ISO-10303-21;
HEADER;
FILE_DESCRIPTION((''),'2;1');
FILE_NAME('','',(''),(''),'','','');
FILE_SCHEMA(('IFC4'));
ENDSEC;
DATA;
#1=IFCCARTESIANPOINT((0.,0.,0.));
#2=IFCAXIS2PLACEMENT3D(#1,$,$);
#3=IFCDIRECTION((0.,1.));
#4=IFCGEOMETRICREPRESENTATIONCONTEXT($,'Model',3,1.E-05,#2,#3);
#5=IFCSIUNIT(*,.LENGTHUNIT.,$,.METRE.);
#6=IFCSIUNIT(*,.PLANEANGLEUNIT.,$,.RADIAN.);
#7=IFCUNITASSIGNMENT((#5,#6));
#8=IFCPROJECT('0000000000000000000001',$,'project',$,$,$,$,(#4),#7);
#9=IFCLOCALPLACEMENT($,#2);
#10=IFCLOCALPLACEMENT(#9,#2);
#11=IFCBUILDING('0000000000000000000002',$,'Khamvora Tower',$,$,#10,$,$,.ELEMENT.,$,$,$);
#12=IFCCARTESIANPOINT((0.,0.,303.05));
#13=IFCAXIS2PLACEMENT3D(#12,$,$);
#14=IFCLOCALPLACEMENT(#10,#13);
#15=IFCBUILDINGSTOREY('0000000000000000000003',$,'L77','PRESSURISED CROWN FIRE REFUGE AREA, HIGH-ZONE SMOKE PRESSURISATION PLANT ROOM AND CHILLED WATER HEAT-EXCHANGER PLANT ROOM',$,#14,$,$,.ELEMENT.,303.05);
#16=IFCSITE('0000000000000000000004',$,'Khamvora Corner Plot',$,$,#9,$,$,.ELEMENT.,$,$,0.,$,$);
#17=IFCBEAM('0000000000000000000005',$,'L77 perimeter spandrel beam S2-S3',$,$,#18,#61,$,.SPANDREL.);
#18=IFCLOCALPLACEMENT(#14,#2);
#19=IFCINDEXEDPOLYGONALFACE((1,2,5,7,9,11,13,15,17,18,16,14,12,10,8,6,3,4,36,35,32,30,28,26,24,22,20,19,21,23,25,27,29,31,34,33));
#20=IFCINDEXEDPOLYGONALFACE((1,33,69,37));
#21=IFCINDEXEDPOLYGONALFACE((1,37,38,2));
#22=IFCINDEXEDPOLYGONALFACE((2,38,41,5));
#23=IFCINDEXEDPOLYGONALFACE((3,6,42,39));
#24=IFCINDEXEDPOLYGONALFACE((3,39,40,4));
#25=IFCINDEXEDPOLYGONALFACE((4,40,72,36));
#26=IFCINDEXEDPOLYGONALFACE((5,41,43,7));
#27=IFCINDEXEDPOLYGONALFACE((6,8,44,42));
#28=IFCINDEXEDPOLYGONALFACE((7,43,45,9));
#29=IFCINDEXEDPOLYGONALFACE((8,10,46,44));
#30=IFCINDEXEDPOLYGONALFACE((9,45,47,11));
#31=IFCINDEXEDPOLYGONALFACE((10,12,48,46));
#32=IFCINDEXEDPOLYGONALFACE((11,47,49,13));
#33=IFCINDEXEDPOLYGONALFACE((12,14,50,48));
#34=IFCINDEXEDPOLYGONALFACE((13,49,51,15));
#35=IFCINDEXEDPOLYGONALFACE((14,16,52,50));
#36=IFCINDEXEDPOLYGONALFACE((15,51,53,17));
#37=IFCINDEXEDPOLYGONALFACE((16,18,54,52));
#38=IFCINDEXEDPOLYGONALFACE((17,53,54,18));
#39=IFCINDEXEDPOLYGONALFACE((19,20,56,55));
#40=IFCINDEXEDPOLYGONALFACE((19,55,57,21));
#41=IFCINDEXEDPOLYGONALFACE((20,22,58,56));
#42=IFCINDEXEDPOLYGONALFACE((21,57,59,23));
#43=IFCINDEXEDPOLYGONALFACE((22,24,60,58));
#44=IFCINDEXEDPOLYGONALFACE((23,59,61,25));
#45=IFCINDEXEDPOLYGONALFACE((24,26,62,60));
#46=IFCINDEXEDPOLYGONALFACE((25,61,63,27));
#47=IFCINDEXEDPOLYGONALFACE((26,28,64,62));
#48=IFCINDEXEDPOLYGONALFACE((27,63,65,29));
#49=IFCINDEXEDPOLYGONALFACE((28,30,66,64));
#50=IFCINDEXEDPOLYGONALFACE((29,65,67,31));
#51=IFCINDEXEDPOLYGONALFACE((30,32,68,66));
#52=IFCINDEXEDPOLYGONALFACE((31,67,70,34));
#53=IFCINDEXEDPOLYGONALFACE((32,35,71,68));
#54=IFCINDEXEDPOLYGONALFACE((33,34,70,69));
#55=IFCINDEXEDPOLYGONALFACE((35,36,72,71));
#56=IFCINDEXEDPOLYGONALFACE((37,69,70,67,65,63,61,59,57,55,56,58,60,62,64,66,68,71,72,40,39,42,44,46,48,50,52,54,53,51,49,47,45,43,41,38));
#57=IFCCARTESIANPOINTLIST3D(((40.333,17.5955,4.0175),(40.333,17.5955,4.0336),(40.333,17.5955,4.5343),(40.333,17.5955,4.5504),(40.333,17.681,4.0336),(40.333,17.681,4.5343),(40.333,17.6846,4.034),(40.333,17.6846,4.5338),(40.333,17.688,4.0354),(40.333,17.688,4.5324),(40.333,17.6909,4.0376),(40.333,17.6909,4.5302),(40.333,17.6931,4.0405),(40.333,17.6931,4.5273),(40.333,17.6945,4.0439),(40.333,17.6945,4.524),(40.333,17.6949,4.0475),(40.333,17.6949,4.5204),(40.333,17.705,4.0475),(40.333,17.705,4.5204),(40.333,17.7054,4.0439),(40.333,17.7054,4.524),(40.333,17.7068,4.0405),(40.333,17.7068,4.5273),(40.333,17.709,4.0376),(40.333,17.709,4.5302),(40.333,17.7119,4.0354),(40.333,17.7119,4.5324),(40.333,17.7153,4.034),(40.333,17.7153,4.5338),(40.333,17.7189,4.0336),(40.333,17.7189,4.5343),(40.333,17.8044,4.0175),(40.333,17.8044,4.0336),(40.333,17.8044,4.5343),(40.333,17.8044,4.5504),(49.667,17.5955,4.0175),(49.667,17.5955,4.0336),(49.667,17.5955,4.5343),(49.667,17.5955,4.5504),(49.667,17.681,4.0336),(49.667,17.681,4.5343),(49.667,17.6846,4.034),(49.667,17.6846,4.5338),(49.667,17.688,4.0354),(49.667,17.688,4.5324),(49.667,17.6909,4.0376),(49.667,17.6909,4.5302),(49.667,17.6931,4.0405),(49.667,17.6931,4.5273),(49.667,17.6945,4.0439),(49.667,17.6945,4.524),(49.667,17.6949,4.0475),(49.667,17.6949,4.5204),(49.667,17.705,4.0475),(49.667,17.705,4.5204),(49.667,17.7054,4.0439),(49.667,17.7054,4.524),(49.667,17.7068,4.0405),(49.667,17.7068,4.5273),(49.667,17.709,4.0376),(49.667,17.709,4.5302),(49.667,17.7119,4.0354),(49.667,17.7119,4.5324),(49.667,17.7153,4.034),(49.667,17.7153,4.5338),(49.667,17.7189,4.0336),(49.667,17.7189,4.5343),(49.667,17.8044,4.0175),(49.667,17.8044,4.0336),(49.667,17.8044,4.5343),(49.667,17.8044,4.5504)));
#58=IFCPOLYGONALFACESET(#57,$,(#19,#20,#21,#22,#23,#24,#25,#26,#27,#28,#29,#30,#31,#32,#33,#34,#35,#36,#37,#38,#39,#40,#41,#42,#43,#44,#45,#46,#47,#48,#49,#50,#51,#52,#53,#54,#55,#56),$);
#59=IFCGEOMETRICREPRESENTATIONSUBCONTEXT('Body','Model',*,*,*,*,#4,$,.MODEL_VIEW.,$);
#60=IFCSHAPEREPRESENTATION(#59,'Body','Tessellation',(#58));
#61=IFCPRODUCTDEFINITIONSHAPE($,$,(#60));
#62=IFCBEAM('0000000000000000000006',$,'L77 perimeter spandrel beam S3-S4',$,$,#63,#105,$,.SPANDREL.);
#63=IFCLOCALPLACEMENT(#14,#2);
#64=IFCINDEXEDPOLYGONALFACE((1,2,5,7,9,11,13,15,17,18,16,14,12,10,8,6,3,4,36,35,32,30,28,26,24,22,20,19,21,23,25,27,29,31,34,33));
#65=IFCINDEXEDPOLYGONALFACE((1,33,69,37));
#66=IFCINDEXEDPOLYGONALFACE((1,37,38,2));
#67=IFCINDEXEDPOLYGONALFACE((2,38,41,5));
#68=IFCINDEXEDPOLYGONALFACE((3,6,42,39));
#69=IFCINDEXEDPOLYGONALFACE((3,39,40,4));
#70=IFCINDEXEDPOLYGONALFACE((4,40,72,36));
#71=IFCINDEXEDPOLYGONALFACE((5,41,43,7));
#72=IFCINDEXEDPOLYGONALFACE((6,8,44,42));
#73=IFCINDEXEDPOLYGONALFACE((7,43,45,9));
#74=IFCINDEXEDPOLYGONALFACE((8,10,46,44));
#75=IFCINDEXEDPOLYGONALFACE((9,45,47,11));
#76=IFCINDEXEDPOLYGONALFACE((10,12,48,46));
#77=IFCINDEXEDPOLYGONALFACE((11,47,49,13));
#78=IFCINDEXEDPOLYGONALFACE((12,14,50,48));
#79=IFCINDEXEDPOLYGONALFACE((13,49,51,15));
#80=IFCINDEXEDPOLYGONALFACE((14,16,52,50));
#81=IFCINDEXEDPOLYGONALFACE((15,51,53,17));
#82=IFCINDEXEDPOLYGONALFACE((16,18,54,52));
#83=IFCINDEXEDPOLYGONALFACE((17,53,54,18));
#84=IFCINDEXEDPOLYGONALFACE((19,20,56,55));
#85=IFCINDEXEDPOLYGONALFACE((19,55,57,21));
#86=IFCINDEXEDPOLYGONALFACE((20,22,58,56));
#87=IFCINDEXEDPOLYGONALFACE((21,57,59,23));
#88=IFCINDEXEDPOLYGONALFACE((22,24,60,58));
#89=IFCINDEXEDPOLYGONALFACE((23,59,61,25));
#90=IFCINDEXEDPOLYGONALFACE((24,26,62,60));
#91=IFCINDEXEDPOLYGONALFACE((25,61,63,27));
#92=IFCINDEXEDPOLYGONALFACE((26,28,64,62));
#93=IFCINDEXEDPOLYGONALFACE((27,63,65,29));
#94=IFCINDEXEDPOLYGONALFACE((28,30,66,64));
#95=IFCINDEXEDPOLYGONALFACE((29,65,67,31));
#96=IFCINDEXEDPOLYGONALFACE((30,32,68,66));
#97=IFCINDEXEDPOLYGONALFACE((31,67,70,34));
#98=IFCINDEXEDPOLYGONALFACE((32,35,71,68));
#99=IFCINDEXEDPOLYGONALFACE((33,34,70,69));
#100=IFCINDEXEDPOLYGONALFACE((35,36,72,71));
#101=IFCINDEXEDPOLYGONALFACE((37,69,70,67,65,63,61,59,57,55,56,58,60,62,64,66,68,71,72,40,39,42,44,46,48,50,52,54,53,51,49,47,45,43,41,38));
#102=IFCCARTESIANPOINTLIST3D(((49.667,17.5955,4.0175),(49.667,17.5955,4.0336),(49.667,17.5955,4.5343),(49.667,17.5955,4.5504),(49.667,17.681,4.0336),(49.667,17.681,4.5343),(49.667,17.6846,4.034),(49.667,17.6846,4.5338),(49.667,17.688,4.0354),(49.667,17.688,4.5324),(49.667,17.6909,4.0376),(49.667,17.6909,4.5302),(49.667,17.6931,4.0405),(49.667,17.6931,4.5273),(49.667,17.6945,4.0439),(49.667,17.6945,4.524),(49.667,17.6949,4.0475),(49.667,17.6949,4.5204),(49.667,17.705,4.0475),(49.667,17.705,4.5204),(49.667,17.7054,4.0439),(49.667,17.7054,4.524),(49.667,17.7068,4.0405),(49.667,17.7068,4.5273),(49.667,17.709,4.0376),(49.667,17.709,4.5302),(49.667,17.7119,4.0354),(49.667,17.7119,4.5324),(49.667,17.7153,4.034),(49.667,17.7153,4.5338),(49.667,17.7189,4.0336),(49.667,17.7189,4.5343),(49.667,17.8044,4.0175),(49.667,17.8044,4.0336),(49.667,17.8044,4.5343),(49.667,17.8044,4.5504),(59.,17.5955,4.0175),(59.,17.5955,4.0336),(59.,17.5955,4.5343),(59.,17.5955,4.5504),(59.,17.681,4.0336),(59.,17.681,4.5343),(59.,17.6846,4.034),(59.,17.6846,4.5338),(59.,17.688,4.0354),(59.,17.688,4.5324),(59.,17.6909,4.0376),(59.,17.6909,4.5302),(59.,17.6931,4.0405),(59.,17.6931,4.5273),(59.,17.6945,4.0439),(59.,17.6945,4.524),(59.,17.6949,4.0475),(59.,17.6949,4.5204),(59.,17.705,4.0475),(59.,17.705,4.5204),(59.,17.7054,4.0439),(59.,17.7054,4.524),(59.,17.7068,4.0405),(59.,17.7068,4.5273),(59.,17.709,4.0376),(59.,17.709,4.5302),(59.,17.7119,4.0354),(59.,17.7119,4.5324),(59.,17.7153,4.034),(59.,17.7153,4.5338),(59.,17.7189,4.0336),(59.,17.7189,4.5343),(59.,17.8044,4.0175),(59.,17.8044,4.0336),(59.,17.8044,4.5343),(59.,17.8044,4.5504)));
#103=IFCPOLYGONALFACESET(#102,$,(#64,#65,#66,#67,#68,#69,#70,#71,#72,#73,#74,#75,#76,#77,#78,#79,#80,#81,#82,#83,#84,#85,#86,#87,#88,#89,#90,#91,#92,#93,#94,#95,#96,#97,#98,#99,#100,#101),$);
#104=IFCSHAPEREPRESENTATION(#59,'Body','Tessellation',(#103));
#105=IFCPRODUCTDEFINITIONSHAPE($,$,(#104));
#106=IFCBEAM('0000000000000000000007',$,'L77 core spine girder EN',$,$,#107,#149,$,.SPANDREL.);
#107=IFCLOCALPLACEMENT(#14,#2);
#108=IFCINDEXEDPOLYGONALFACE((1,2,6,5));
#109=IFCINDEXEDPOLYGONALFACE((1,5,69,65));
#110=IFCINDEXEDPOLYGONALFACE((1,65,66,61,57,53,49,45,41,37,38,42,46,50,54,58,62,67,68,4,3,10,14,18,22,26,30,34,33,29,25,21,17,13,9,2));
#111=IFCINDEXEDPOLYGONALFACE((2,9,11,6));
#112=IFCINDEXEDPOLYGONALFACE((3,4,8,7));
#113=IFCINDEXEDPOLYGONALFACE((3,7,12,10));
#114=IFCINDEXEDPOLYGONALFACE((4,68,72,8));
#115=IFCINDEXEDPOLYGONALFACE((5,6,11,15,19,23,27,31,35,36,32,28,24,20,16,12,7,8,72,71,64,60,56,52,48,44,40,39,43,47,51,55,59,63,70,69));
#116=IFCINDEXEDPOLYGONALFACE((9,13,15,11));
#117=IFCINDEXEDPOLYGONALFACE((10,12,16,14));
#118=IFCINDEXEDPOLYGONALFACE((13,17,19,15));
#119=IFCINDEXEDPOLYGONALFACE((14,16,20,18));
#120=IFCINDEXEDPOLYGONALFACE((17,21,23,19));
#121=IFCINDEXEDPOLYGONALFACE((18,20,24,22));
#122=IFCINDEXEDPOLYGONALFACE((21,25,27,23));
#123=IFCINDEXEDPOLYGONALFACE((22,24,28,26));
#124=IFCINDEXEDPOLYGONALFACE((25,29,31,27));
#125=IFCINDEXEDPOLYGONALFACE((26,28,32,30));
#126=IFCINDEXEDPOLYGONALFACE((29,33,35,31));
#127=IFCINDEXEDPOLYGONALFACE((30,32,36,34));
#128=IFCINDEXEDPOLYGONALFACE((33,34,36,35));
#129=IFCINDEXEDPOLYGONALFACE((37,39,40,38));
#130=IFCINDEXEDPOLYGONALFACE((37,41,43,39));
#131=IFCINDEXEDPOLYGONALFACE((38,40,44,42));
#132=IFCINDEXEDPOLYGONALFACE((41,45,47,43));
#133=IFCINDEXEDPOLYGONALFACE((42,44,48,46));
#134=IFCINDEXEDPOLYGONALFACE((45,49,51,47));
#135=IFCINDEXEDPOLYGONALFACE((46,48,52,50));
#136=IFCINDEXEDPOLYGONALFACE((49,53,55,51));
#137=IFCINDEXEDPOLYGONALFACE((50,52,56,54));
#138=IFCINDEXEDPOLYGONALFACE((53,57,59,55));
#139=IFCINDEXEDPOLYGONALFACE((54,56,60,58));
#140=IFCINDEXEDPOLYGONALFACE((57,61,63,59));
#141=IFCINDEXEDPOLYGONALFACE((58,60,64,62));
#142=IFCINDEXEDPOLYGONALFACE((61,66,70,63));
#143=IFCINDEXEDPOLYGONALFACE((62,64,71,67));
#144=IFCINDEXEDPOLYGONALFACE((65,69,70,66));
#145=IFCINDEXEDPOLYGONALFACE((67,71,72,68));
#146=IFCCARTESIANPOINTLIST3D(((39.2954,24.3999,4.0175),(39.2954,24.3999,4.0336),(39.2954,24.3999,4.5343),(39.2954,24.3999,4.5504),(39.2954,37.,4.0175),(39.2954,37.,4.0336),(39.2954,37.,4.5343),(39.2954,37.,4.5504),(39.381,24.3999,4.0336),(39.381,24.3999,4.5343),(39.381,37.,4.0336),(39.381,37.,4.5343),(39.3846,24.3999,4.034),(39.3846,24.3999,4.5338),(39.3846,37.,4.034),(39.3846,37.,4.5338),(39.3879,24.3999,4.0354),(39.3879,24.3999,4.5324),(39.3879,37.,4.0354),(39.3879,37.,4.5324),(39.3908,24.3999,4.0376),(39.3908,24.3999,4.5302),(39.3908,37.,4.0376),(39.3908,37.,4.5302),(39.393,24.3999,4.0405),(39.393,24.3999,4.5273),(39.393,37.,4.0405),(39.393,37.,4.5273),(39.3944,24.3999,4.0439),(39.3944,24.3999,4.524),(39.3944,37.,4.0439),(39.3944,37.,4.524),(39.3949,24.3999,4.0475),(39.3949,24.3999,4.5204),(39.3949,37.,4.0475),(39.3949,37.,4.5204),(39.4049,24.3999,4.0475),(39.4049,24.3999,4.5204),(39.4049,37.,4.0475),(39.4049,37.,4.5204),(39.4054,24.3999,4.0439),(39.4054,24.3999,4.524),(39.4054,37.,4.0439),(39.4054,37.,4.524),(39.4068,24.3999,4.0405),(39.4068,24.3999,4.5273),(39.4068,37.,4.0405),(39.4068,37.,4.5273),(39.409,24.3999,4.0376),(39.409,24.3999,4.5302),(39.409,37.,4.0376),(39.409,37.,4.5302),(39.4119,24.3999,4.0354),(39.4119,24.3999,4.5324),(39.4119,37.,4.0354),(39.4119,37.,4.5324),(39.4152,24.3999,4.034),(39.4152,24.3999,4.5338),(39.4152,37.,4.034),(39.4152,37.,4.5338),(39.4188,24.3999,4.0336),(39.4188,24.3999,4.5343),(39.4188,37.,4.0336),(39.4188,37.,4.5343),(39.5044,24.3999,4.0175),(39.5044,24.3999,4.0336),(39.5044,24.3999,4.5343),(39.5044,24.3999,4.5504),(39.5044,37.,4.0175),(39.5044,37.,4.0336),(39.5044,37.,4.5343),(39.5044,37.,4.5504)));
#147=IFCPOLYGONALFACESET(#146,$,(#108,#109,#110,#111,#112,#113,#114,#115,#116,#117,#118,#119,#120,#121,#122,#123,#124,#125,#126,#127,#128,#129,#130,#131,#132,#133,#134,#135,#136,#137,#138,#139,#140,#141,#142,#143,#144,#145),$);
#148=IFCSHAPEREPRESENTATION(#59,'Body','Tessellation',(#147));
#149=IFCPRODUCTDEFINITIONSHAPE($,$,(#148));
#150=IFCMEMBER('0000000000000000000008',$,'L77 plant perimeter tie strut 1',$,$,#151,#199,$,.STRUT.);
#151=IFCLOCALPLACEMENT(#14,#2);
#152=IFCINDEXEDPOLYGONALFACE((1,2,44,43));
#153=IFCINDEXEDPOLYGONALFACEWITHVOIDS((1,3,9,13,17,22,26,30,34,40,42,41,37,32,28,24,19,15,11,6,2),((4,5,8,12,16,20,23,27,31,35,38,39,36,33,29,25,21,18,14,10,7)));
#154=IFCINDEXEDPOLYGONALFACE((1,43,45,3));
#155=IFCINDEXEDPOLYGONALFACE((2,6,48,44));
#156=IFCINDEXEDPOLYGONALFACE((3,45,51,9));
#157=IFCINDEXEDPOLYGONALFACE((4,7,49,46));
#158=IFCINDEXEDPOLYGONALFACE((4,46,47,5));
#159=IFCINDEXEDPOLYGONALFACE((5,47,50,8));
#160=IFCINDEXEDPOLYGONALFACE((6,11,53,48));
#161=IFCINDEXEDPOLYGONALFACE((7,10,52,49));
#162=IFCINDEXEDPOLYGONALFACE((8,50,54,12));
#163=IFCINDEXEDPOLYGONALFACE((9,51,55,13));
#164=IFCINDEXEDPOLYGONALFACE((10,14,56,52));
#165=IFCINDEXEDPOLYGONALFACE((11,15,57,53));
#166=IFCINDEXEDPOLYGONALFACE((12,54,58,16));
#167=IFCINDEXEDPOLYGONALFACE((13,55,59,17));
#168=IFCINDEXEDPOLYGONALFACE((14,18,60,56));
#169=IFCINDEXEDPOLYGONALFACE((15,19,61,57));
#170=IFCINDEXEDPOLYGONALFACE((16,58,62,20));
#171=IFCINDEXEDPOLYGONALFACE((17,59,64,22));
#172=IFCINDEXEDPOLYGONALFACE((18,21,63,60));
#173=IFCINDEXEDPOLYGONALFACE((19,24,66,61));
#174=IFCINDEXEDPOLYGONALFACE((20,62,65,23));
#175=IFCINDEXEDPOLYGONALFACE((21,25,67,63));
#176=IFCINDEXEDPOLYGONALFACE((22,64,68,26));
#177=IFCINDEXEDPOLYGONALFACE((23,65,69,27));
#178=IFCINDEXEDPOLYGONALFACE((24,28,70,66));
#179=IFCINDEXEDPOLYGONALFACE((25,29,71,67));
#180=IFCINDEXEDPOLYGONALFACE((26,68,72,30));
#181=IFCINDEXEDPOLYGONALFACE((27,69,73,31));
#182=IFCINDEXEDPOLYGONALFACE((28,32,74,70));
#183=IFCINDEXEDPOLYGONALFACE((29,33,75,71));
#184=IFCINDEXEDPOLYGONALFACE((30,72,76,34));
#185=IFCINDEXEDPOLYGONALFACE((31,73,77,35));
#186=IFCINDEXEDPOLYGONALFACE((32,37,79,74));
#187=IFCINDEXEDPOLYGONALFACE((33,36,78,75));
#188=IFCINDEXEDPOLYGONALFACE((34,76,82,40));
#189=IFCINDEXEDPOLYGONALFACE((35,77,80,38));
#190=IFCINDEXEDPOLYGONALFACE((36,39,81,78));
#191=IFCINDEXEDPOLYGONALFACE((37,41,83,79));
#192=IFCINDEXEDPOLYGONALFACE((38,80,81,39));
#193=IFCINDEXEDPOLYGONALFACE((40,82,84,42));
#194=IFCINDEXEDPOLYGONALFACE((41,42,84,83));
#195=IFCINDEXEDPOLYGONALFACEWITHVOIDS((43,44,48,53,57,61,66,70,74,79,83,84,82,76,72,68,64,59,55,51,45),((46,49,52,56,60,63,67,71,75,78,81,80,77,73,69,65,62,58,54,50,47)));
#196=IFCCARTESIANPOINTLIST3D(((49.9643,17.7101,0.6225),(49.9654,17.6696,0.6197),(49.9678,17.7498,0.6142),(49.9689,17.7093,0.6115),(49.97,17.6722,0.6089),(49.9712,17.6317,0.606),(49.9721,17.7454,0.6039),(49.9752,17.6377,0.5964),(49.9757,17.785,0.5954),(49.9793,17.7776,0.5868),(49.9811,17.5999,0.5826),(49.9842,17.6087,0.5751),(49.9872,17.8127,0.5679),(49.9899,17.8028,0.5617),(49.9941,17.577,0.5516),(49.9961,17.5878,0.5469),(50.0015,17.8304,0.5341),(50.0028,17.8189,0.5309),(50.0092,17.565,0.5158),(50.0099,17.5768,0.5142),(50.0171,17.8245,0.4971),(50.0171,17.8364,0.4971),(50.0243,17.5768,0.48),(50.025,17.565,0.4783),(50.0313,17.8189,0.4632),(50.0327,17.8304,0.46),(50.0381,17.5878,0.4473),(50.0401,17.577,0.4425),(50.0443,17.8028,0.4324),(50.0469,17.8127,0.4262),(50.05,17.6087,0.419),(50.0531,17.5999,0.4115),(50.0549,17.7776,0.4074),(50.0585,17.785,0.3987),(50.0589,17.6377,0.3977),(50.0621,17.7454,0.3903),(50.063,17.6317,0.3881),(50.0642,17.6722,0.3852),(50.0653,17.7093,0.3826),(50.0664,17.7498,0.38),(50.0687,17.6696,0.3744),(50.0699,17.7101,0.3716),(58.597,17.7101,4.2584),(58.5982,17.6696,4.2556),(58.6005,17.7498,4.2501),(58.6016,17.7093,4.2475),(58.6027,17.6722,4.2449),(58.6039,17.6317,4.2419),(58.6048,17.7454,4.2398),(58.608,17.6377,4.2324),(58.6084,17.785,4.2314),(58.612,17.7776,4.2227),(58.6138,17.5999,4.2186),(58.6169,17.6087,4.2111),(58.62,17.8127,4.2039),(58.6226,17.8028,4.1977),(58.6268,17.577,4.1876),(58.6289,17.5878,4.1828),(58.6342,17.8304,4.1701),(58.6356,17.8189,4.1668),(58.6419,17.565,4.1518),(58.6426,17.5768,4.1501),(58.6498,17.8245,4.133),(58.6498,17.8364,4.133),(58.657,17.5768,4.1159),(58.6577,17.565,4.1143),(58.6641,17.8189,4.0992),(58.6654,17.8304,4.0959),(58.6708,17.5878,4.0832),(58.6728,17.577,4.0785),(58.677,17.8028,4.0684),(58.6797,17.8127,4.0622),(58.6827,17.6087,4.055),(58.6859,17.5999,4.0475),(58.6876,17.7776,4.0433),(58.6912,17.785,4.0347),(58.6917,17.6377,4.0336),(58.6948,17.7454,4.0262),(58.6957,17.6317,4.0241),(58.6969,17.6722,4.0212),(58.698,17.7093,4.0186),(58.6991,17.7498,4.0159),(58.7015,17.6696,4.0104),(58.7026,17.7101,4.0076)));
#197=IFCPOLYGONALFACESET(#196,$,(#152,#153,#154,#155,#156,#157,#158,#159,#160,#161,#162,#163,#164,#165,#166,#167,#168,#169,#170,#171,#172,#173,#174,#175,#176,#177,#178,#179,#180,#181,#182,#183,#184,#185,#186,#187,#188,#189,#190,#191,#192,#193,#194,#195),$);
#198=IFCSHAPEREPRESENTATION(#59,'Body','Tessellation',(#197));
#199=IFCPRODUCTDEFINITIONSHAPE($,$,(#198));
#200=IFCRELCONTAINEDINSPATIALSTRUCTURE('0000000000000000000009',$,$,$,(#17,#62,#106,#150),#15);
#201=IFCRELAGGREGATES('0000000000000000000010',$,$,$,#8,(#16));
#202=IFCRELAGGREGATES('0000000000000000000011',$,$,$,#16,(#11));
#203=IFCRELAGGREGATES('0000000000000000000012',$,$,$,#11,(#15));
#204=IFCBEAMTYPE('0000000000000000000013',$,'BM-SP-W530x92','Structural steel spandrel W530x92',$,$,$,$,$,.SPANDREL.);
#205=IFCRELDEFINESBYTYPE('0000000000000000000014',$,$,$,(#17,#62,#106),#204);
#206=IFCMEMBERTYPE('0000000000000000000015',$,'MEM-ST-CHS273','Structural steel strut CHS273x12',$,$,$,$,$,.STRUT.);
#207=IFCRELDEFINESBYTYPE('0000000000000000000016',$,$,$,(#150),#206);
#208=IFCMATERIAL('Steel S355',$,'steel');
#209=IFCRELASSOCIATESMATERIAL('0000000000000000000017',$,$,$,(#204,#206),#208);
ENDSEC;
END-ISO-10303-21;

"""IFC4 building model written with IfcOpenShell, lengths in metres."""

from ifc_helpers import new_model, si_unit, direction, frame, origin, origin_2d, place, context, subcontext, project, spatial, hollow_circle, i_section, extrude, material, material_profile, profile_set, type_object, element, save


model = new_model("IFC4")

# Units and contexts
model_context = context("Model", 3, precision=1e-05, world=origin(), true_north=direction((0.0, 1.0)))
body_context = subcontext(model_context, "Body", "Model", "MODEL_VIEW")
ifc_project = project(units=[si_unit("LENGTHUNIT", "METRE"), si_unit("PLANEANGLEUNIT", "RADIAN")], contexts=[model_context])

# Site, building, storey
site_placement = place(None, origin())
site = spatial("IfcSite", under=ifc_project, at=site_placement, Name="Khamvora Corner Plot", CompositionType="ELEMENT", RefElevation=0.0)
building_placement = place(site_placement, origin())
building = spatial("IfcBuilding", under=site, at=building_placement, Name="Khamvora Tower", CompositionType="ELEMENT")
storey_placement = place(building_placement, frame((0.0, 0.0, 303.05)))
storey = spatial("IfcBuildingStorey", under=building, at=storey_placement, Name="L77", Description="PRESSURISED CROWN FIRE REFUGE AREA, HIGH-ZONE SMOKE PRESSURISATION PLANT ROOM AND CHILLED WATER HEAT-EXCHANGER PLANT ROOM", CompositionType="ELEMENT", Elevation=303.05)

# Shared definitions
ifc_material_1 = material(Name="Steel S355", Category="steel")

# Beams
ifc_material_profile_1 = material_profile(ifc_material_1, i_section(OverallWidth=0.209, OverallDepth=0.533, WebThickness=0.01, FlangeThickness=0.0161, FilletRadius=0.0139, at=origin_2d()), Name="W530x92")
ifc_profile_set_1 = profile_set([ifc_material_profile_1], Name="Steel S355")
beam_type_1 = type_object("IfcBeamType", Name="BM-SP-W530x92", Description="Structural steel spandrel W530x92", PredefinedType="SPANDREL", material=ifc_profile_set_1)
beam_1_placement = place(storey_placement, frame((40.333, 17.7, 4.2839), z_axis=(1.0, 0.0, 0.0), x_axis=(0.0, 1.0, 0.0)))
element("IfcBeam", 1, at=beam_1_placement, inside=storey, type_object=beam_type_1, Name="L77 perimeter spandrel beam S2-S3", PredefinedType="SPANDREL", context=body_context, shape_type="SweptSolid", body=[
    extrude(i_section(OverallWidth=0.209, OverallDepth=0.533, WebThickness=0.01, FlangeThickness=0.0161, FilletRadius=0.0139, at=origin_2d()), origin(), (0.0, 0.0, 1.0), 9.334),
])
beam_2_placement = place(storey_placement, frame((49.667, 17.7, 4.2839), z_axis=(1.0, 0.0, 0.0), x_axis=(0.0, 1.0, 0.0)))
element("IfcBeam", 2, at=beam_2_placement, inside=storey, type_object=beam_type_1, Name="L77 perimeter spandrel beam S3-S4", PredefinedType="SPANDREL", context=body_context, shape_type="SweptSolid", body=[
    extrude(i_section(OverallWidth=0.209, OverallDepth=0.533, WebThickness=0.01, FlangeThickness=0.0161, FilletRadius=0.0139, at=origin_2d()), origin(), (0.0, 0.0, 1.0), 9.333),
])
beam_3_placement = place(storey_placement, frame((39.3999, 24.3999, 4.2839), z_axis=(0.0, 1.0, 0.0), x_axis=(-1.0, 0.0, 0.0)))
element("IfcBeam", 3, at=beam_3_placement, inside=storey, type_object=beam_type_1, Name="L77 core spine girder EN", PredefinedType="SPANDREL", context=body_context, shape_type="SweptSolid", body=[
    extrude(i_section(OverallWidth=0.209, OverallDepth=0.533, WebThickness=0.01, FlangeThickness=0.0161, FilletRadius=0.0139, at=origin_2d()), origin(), (0.0, 0.0, 1.0), 12.6001),
])

# Member
ifc_material_profile_2 = material_profile(ifc_material_1, hollow_circle(Radius=0.1365, WallThickness=0.012, at=origin_2d()), Name="CHS273x12")
ifc_profile_set_2 = profile_set([ifc_material_profile_2], Name="Steel S355")
member_type = type_object("IfcMemberType", Name="MEM-ST-CHS273", Description="Structural steel strut CHS273x12", PredefinedType="STRUT", material=ifc_profile_set_2)
member_placement = place(storey_placement, frame((50.0171, 17.7, 0.4971), z_axis=(0.921593, 0.0, 0.388158), x_axis=(0.0, 1.0, 0.0)))
element("IfcMember", 4, at=member_placement, inside=storey, type_object=member_type, Name="L77 plant perimeter tie strut 1", PredefinedType="STRUT", context=body_context, shape_type="SweptSolid", body=[
    extrude(hollow_circle(Radius=0.1365, WallThickness=0.012, at=origin_2d()), origin(), (0.0, 0.0, 1.0), 9.3672),
])

save(model, "model.ifc")
